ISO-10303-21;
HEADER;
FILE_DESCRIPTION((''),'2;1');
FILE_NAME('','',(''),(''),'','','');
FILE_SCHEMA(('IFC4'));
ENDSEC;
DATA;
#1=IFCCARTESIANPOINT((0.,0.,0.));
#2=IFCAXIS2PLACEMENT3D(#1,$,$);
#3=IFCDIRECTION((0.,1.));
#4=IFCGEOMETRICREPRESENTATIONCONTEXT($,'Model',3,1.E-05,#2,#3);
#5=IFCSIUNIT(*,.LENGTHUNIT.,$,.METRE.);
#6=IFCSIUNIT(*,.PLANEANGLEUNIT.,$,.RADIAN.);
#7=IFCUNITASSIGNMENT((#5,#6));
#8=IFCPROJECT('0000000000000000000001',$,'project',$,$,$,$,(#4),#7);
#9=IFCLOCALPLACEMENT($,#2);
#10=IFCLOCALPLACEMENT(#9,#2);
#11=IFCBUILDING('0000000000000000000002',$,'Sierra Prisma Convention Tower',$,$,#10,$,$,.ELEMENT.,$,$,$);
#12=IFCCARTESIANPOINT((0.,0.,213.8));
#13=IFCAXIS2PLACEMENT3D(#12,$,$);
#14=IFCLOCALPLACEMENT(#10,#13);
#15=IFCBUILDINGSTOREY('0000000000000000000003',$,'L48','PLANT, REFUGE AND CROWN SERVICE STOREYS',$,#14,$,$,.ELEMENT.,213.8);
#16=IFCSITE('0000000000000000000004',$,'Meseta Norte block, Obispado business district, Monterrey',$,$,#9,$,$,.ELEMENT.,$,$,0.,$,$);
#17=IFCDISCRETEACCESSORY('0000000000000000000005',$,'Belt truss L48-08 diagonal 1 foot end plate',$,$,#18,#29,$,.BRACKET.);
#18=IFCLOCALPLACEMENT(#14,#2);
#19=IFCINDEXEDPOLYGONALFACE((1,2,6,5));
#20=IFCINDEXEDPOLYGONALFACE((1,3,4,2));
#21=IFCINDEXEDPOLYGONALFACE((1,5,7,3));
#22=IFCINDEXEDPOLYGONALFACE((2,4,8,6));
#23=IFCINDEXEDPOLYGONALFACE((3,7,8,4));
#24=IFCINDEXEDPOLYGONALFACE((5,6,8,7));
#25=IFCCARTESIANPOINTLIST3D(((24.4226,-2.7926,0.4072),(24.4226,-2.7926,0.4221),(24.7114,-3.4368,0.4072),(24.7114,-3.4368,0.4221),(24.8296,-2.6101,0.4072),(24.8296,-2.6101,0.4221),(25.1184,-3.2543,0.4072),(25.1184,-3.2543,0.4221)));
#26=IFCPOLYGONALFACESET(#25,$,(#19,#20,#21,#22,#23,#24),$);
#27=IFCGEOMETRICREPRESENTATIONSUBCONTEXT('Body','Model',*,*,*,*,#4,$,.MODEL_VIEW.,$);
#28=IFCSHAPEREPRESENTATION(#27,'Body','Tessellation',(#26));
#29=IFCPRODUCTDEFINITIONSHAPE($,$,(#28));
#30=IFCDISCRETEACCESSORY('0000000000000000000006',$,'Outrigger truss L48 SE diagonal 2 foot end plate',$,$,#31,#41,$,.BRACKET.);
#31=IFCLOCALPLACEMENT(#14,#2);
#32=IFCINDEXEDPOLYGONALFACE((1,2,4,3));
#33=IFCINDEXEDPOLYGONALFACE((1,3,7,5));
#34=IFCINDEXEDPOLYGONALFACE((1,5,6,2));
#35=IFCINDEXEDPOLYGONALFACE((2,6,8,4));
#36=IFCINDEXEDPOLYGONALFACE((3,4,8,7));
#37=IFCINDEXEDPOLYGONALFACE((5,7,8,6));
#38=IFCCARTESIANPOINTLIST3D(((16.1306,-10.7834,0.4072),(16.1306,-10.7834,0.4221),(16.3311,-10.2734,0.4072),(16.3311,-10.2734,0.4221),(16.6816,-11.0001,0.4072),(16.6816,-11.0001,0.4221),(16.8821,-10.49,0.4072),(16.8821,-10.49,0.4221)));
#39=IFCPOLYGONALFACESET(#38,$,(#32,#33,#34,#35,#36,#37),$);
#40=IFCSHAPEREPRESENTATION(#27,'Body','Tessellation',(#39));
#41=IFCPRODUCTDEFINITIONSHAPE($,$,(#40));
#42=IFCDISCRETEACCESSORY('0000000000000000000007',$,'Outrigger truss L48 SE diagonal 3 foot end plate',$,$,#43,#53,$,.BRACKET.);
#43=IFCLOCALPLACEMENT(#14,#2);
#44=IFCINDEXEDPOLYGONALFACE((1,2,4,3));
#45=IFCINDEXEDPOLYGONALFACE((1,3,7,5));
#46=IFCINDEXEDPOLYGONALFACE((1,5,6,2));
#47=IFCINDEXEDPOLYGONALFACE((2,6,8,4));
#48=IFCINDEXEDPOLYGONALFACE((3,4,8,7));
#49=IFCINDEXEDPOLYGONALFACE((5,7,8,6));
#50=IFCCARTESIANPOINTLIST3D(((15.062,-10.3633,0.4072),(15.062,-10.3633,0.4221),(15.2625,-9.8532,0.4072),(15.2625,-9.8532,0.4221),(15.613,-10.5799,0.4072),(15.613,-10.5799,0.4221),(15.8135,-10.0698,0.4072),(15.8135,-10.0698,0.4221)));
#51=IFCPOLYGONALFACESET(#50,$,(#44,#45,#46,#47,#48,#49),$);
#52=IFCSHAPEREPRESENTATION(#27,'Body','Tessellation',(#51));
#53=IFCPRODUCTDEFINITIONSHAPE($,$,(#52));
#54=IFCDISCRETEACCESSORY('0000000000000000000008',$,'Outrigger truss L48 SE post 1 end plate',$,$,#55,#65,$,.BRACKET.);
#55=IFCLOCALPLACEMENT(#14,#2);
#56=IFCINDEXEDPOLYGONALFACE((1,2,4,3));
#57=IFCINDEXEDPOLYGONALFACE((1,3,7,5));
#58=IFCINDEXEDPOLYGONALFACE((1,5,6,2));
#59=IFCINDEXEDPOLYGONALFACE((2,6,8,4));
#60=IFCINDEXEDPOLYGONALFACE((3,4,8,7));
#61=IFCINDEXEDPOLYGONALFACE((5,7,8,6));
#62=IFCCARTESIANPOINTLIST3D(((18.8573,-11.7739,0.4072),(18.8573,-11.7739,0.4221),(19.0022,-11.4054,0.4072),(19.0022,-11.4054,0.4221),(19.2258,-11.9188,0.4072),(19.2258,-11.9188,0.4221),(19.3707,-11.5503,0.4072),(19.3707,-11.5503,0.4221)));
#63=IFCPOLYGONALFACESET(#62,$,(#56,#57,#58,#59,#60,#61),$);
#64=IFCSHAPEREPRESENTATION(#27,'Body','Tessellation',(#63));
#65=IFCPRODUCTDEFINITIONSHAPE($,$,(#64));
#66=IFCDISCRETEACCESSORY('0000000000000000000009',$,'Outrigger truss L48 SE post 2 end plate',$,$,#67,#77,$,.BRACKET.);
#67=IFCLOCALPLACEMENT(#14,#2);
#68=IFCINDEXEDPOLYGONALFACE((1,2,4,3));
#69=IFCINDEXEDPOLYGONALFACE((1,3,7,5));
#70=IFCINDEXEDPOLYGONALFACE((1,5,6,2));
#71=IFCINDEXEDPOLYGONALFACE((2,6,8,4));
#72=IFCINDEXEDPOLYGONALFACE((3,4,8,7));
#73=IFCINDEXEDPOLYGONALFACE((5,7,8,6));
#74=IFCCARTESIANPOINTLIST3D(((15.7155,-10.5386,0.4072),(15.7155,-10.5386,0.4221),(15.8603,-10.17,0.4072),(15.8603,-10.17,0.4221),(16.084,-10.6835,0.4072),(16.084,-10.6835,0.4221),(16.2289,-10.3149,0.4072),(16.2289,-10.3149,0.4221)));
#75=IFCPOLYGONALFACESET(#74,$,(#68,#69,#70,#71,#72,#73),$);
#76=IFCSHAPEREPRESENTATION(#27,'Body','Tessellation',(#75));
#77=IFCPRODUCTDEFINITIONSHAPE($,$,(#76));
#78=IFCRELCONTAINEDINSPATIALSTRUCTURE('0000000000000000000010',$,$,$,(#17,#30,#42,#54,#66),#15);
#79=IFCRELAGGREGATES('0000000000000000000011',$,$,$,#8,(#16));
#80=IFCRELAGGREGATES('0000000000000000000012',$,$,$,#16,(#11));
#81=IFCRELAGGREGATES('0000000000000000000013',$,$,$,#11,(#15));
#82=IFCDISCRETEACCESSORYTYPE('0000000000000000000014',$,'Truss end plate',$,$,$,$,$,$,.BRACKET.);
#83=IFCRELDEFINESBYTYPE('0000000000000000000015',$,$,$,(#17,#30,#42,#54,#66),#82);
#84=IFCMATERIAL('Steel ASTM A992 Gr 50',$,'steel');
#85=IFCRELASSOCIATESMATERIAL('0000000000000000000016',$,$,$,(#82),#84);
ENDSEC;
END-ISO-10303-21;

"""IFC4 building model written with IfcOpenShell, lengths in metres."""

from ifc_helpers import new_model, si_unit, direction, frame, origin, origin_2d, place, context, subcontext, project, spatial, rectangle, extrude, material, type_object, element, save


model = new_model("IFC4")

# Units and contexts
model_context = context("Model", 3, precision=1e-05, world=origin(), true_north=direction((0.0, 1.0)))
body_context = subcontext(model_context, "Body", "Model", "MODEL_VIEW")
ifc_project = project(units=[si_unit("LENGTHUNIT", "METRE"), si_unit("PLANEANGLEUNIT", "RADIAN")], contexts=[model_context])

# Site, building, storey
site_placement = place(None, origin())
site = spatial("IfcSite", under=ifc_project, at=site_placement, Name="Meseta Norte block, Obispado business district, Monterrey", CompositionType="ELEMENT", RefElevation=0.0)
building_placement = place(site_placement, origin())
building = spatial("IfcBuilding", under=site, at=building_placement, Name="Sierra Prisma Convention Tower", CompositionType="ELEMENT")
storey_placement = place(building_placement, frame((0.0, 0.0, 213.8)))
storey = spatial("IfcBuildingStorey", under=building, at=storey_placement, Name="L48", Description="PLANT, REFUGE AND CROWN SERVICE STOREYS", CompositionType="ELEMENT", Elevation=213.8)

# Discrete accessories
ifc_material_1 = material(Name="Steel ASTM A992 Gr 50", Category="steel")
discrete_accessory_type = type_object("IfcDiscreteAccessoryType", Name="Truss end plate", PredefinedType="BRACKET", material=ifc_material_1)
discrete_accessory_1_placement = place(storey_placement, frame((24.7705, -3.0234, 0.4072), z_axis=(0.0, 0.0, 1.0), x_axis=(-0.409151, 0.912467, 0.0)))
element("IfcDiscreteAccessory", 1, at=discrete_accessory_1_placement, inside=storey, type_object=discrete_accessory_type, Name="Belt truss L48-08 diagonal 1 foot end plate", PredefinedType="BRACKET", context=body_context, shape_type="SweptSolid", body=[
    extrude(rectangle(XDim=0.7061, YDim=0.446, at=origin_2d()), origin(), (0.0, 0.0, 1.0), 0.0149),
])
for number, where, z_axis, x_axis, name in (
    (2, (16.5063, -10.6367, 0.4072), (0.0, 0.0, 1.0), (-0.930651, 0.365907, 0.0), "Outrigger truss L48 SE diagonal 2 foot end plate"),
    (3, (15.4377, -10.2166, 0.4072), (0.0, 0.0, 1.0), (-0.930651, 0.365907, 0.0), "Outrigger truss L48 SE diagonal 3 foot end plate"),
):
    element("IfcDiscreteAccessory", number, at=place(storey_placement, frame(where, z_axis=z_axis, x_axis=x_axis)), inside=storey, type_object=discrete_accessory_type, Name=name, PredefinedType="BRACKET", context=body_context, shape_type="SweptSolid", body=[
        extrude(rectangle(XDim=0.592, YDim=0.5481, at=origin_2d()), origin(), (0.0, 0.0, 1.0), 0.0149),
    ])
for number, where, z_axis, x_axis, name in (
    (4, (19.114, -11.6621, 0.4072), (0.0, 0.0, 1.0), (-0.930651, 0.365907, 0.0), "Outrigger truss L48 SE post 1 end plate"),
    (5, (15.9722, -10.4268, 0.4072), (0.0, 0.0, 1.0), (-0.930651, 0.365907, 0.0), "Outrigger truss L48 SE post 2 end plate"),
):
    element("IfcDiscreteAccessory", number, at=place(storey_placement, frame(where, z_axis=z_axis, x_axis=x_axis)), inside=storey, type_object=discrete_accessory_type, Name=name, PredefinedType="BRACKET", context=body_context, shape_type="SweptSolid", body=[
        extrude(rectangle(XDim=0.396, YDim=0.396, at=origin_2d()), origin(), (0.0, 0.0, 1.0), 0.0149),
    ])

save(model, "model.ifc")
